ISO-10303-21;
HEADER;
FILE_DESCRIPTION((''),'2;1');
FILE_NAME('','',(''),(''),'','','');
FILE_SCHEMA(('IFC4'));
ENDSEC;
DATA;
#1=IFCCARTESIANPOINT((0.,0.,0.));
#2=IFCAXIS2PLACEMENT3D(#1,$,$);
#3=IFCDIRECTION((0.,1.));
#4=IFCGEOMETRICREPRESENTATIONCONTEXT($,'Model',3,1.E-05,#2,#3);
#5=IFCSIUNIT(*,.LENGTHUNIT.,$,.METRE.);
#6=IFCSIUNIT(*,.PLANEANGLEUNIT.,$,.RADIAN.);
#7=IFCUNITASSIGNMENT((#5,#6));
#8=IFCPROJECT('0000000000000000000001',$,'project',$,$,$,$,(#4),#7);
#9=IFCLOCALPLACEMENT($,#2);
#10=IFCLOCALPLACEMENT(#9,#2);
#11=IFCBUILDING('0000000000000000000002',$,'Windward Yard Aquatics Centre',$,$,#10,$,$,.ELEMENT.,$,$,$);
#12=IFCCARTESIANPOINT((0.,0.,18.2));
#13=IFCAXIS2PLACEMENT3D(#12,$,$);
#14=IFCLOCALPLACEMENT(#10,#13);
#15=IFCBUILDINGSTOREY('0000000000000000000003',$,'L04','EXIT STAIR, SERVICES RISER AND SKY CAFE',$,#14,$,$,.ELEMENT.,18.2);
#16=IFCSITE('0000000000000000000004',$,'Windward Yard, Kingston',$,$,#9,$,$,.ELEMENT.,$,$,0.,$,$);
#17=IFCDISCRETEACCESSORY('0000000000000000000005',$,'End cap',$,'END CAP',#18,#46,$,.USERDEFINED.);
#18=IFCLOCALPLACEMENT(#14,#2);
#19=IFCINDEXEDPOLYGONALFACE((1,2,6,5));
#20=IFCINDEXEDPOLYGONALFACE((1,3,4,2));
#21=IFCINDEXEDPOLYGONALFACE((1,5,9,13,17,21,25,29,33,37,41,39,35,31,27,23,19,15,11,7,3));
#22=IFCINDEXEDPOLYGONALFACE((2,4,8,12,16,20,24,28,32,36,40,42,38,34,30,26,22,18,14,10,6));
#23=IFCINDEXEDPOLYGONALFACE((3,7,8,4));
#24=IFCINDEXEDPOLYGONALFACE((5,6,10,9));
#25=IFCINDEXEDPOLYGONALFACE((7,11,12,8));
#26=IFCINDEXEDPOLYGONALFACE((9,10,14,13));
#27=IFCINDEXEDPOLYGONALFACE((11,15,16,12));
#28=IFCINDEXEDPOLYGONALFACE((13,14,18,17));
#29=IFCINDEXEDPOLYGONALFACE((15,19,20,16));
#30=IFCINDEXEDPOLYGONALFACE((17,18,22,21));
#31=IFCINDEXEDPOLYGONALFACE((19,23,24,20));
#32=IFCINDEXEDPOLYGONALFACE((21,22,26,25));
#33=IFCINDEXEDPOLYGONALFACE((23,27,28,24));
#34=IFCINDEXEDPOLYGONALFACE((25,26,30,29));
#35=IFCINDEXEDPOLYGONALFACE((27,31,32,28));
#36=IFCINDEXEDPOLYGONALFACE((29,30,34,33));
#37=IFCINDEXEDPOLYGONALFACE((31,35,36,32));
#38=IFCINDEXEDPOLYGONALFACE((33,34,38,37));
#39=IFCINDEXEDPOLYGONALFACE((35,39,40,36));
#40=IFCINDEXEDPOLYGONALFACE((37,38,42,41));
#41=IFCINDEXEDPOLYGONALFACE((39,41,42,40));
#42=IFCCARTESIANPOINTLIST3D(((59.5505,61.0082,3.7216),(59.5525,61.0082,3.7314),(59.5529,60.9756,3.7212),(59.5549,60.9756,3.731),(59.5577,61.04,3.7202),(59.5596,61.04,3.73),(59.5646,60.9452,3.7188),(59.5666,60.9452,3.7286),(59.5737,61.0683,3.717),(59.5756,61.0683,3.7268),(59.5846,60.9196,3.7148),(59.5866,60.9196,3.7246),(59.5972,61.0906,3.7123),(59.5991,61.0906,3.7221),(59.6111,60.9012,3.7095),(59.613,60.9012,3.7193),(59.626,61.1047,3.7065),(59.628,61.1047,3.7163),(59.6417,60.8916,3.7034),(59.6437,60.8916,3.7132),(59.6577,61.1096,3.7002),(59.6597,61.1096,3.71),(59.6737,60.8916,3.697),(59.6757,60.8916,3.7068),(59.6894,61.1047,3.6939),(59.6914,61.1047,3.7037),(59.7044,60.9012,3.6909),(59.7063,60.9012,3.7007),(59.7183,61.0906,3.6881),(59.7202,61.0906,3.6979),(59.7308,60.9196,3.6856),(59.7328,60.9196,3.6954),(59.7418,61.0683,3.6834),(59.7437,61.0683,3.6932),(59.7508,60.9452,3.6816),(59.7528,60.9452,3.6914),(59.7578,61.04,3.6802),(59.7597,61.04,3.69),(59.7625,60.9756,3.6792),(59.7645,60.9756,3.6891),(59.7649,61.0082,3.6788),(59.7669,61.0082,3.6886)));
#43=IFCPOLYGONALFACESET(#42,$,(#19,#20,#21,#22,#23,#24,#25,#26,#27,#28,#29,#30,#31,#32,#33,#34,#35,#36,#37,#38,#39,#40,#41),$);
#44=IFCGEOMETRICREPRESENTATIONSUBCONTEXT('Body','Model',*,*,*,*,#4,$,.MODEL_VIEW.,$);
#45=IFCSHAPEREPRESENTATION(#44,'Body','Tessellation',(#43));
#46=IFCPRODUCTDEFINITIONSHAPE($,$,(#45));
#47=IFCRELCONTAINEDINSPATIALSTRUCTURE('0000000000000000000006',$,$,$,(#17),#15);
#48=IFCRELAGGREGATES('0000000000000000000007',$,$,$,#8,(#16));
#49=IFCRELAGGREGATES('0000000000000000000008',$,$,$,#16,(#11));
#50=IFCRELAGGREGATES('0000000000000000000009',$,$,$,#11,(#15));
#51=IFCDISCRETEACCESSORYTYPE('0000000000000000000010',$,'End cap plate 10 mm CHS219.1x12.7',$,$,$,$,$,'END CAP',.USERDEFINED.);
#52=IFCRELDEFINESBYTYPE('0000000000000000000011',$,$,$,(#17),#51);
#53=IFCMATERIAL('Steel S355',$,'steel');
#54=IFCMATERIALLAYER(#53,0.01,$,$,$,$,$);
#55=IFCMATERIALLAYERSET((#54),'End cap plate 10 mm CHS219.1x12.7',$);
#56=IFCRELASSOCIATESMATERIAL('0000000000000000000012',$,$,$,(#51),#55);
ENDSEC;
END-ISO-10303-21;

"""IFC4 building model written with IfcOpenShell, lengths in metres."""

from ifc_helpers import new_model, si_unit, direction, frame, origin, origin_2d, place, context, subcontext, project, spatial, circle, extrude, material, layer, layer_set, type_object, element, save


model = new_model("IFC4")

# Units and contexts
model_context = context("Model", 3, precision=1e-05, world=origin(), true_north=direction((0.0, 1.0)))
body_context = subcontext(model_context, "Body", "Model", "MODEL_VIEW")
ifc_project = project(units=[si_unit("LENGTHUNIT", "METRE"), si_unit("PLANEANGLEUNIT", "RADIAN")], contexts=[model_context])

# Site, building, storey
site_placement = place(None, origin())
site = spatial("IfcSite", under=ifc_project, at=site_placement, Name="Windward Yard, Kingston", CompositionType="ELEMENT", RefElevation=0.0)
building_placement = place(site_placement, origin())
building = spatial("IfcBuilding", under=site, at=building_placement, Name="Windward Yard Aquatics Centre", CompositionType="ELEMENT")
storey_placement = place(building_placement, frame((0.0, 0.0, 18.2)))
storey = spatial("IfcBuildingStorey", under=building, at=storey_placement, Name="L04", Description="EXIT STAIR, SERVICES RISER AND SKY CAFE", CompositionType="ELEMENT", Elevation=18.2)

# Discrete accessory
ifc_material_1 = material(Name="Steel S355", Category="steel")
ifc_layer_1 = layer(ifc_material_1, 0.01)
ifc_layer_set_1 = layer_set([ifc_layer_1], Name="End cap plate 10 mm CHS219.1x12.7")
discrete_accessory_type = type_object("IfcDiscreteAccessoryType", Name="End cap plate 10 mm CHS219.1x12.7", ElementType="END CAP", PredefinedType="USERDEFINED", material=ifc_layer_set_1)
discrete_accessory_placement = place(storey_placement, frame((59.6577, 61.0, 3.7002), z_axis=(0.196116, 0.0, 0.980581), x_axis=(0.0, 1.0, 0.0)))
element("IfcDiscreteAccessory", 1, at=discrete_accessory_placement, inside=storey, type_object=discrete_accessory_type, Name="End cap", ObjectType="END CAP", PredefinedType="USERDEFINED", context=body_context, shape_type="SweptSolid", body=[
    extrude(circle(Radius=0.1096, at=origin_2d()), origin(), (0.0, 0.0, 1.0), 0.01),
])

save(model, "model.ifc")
